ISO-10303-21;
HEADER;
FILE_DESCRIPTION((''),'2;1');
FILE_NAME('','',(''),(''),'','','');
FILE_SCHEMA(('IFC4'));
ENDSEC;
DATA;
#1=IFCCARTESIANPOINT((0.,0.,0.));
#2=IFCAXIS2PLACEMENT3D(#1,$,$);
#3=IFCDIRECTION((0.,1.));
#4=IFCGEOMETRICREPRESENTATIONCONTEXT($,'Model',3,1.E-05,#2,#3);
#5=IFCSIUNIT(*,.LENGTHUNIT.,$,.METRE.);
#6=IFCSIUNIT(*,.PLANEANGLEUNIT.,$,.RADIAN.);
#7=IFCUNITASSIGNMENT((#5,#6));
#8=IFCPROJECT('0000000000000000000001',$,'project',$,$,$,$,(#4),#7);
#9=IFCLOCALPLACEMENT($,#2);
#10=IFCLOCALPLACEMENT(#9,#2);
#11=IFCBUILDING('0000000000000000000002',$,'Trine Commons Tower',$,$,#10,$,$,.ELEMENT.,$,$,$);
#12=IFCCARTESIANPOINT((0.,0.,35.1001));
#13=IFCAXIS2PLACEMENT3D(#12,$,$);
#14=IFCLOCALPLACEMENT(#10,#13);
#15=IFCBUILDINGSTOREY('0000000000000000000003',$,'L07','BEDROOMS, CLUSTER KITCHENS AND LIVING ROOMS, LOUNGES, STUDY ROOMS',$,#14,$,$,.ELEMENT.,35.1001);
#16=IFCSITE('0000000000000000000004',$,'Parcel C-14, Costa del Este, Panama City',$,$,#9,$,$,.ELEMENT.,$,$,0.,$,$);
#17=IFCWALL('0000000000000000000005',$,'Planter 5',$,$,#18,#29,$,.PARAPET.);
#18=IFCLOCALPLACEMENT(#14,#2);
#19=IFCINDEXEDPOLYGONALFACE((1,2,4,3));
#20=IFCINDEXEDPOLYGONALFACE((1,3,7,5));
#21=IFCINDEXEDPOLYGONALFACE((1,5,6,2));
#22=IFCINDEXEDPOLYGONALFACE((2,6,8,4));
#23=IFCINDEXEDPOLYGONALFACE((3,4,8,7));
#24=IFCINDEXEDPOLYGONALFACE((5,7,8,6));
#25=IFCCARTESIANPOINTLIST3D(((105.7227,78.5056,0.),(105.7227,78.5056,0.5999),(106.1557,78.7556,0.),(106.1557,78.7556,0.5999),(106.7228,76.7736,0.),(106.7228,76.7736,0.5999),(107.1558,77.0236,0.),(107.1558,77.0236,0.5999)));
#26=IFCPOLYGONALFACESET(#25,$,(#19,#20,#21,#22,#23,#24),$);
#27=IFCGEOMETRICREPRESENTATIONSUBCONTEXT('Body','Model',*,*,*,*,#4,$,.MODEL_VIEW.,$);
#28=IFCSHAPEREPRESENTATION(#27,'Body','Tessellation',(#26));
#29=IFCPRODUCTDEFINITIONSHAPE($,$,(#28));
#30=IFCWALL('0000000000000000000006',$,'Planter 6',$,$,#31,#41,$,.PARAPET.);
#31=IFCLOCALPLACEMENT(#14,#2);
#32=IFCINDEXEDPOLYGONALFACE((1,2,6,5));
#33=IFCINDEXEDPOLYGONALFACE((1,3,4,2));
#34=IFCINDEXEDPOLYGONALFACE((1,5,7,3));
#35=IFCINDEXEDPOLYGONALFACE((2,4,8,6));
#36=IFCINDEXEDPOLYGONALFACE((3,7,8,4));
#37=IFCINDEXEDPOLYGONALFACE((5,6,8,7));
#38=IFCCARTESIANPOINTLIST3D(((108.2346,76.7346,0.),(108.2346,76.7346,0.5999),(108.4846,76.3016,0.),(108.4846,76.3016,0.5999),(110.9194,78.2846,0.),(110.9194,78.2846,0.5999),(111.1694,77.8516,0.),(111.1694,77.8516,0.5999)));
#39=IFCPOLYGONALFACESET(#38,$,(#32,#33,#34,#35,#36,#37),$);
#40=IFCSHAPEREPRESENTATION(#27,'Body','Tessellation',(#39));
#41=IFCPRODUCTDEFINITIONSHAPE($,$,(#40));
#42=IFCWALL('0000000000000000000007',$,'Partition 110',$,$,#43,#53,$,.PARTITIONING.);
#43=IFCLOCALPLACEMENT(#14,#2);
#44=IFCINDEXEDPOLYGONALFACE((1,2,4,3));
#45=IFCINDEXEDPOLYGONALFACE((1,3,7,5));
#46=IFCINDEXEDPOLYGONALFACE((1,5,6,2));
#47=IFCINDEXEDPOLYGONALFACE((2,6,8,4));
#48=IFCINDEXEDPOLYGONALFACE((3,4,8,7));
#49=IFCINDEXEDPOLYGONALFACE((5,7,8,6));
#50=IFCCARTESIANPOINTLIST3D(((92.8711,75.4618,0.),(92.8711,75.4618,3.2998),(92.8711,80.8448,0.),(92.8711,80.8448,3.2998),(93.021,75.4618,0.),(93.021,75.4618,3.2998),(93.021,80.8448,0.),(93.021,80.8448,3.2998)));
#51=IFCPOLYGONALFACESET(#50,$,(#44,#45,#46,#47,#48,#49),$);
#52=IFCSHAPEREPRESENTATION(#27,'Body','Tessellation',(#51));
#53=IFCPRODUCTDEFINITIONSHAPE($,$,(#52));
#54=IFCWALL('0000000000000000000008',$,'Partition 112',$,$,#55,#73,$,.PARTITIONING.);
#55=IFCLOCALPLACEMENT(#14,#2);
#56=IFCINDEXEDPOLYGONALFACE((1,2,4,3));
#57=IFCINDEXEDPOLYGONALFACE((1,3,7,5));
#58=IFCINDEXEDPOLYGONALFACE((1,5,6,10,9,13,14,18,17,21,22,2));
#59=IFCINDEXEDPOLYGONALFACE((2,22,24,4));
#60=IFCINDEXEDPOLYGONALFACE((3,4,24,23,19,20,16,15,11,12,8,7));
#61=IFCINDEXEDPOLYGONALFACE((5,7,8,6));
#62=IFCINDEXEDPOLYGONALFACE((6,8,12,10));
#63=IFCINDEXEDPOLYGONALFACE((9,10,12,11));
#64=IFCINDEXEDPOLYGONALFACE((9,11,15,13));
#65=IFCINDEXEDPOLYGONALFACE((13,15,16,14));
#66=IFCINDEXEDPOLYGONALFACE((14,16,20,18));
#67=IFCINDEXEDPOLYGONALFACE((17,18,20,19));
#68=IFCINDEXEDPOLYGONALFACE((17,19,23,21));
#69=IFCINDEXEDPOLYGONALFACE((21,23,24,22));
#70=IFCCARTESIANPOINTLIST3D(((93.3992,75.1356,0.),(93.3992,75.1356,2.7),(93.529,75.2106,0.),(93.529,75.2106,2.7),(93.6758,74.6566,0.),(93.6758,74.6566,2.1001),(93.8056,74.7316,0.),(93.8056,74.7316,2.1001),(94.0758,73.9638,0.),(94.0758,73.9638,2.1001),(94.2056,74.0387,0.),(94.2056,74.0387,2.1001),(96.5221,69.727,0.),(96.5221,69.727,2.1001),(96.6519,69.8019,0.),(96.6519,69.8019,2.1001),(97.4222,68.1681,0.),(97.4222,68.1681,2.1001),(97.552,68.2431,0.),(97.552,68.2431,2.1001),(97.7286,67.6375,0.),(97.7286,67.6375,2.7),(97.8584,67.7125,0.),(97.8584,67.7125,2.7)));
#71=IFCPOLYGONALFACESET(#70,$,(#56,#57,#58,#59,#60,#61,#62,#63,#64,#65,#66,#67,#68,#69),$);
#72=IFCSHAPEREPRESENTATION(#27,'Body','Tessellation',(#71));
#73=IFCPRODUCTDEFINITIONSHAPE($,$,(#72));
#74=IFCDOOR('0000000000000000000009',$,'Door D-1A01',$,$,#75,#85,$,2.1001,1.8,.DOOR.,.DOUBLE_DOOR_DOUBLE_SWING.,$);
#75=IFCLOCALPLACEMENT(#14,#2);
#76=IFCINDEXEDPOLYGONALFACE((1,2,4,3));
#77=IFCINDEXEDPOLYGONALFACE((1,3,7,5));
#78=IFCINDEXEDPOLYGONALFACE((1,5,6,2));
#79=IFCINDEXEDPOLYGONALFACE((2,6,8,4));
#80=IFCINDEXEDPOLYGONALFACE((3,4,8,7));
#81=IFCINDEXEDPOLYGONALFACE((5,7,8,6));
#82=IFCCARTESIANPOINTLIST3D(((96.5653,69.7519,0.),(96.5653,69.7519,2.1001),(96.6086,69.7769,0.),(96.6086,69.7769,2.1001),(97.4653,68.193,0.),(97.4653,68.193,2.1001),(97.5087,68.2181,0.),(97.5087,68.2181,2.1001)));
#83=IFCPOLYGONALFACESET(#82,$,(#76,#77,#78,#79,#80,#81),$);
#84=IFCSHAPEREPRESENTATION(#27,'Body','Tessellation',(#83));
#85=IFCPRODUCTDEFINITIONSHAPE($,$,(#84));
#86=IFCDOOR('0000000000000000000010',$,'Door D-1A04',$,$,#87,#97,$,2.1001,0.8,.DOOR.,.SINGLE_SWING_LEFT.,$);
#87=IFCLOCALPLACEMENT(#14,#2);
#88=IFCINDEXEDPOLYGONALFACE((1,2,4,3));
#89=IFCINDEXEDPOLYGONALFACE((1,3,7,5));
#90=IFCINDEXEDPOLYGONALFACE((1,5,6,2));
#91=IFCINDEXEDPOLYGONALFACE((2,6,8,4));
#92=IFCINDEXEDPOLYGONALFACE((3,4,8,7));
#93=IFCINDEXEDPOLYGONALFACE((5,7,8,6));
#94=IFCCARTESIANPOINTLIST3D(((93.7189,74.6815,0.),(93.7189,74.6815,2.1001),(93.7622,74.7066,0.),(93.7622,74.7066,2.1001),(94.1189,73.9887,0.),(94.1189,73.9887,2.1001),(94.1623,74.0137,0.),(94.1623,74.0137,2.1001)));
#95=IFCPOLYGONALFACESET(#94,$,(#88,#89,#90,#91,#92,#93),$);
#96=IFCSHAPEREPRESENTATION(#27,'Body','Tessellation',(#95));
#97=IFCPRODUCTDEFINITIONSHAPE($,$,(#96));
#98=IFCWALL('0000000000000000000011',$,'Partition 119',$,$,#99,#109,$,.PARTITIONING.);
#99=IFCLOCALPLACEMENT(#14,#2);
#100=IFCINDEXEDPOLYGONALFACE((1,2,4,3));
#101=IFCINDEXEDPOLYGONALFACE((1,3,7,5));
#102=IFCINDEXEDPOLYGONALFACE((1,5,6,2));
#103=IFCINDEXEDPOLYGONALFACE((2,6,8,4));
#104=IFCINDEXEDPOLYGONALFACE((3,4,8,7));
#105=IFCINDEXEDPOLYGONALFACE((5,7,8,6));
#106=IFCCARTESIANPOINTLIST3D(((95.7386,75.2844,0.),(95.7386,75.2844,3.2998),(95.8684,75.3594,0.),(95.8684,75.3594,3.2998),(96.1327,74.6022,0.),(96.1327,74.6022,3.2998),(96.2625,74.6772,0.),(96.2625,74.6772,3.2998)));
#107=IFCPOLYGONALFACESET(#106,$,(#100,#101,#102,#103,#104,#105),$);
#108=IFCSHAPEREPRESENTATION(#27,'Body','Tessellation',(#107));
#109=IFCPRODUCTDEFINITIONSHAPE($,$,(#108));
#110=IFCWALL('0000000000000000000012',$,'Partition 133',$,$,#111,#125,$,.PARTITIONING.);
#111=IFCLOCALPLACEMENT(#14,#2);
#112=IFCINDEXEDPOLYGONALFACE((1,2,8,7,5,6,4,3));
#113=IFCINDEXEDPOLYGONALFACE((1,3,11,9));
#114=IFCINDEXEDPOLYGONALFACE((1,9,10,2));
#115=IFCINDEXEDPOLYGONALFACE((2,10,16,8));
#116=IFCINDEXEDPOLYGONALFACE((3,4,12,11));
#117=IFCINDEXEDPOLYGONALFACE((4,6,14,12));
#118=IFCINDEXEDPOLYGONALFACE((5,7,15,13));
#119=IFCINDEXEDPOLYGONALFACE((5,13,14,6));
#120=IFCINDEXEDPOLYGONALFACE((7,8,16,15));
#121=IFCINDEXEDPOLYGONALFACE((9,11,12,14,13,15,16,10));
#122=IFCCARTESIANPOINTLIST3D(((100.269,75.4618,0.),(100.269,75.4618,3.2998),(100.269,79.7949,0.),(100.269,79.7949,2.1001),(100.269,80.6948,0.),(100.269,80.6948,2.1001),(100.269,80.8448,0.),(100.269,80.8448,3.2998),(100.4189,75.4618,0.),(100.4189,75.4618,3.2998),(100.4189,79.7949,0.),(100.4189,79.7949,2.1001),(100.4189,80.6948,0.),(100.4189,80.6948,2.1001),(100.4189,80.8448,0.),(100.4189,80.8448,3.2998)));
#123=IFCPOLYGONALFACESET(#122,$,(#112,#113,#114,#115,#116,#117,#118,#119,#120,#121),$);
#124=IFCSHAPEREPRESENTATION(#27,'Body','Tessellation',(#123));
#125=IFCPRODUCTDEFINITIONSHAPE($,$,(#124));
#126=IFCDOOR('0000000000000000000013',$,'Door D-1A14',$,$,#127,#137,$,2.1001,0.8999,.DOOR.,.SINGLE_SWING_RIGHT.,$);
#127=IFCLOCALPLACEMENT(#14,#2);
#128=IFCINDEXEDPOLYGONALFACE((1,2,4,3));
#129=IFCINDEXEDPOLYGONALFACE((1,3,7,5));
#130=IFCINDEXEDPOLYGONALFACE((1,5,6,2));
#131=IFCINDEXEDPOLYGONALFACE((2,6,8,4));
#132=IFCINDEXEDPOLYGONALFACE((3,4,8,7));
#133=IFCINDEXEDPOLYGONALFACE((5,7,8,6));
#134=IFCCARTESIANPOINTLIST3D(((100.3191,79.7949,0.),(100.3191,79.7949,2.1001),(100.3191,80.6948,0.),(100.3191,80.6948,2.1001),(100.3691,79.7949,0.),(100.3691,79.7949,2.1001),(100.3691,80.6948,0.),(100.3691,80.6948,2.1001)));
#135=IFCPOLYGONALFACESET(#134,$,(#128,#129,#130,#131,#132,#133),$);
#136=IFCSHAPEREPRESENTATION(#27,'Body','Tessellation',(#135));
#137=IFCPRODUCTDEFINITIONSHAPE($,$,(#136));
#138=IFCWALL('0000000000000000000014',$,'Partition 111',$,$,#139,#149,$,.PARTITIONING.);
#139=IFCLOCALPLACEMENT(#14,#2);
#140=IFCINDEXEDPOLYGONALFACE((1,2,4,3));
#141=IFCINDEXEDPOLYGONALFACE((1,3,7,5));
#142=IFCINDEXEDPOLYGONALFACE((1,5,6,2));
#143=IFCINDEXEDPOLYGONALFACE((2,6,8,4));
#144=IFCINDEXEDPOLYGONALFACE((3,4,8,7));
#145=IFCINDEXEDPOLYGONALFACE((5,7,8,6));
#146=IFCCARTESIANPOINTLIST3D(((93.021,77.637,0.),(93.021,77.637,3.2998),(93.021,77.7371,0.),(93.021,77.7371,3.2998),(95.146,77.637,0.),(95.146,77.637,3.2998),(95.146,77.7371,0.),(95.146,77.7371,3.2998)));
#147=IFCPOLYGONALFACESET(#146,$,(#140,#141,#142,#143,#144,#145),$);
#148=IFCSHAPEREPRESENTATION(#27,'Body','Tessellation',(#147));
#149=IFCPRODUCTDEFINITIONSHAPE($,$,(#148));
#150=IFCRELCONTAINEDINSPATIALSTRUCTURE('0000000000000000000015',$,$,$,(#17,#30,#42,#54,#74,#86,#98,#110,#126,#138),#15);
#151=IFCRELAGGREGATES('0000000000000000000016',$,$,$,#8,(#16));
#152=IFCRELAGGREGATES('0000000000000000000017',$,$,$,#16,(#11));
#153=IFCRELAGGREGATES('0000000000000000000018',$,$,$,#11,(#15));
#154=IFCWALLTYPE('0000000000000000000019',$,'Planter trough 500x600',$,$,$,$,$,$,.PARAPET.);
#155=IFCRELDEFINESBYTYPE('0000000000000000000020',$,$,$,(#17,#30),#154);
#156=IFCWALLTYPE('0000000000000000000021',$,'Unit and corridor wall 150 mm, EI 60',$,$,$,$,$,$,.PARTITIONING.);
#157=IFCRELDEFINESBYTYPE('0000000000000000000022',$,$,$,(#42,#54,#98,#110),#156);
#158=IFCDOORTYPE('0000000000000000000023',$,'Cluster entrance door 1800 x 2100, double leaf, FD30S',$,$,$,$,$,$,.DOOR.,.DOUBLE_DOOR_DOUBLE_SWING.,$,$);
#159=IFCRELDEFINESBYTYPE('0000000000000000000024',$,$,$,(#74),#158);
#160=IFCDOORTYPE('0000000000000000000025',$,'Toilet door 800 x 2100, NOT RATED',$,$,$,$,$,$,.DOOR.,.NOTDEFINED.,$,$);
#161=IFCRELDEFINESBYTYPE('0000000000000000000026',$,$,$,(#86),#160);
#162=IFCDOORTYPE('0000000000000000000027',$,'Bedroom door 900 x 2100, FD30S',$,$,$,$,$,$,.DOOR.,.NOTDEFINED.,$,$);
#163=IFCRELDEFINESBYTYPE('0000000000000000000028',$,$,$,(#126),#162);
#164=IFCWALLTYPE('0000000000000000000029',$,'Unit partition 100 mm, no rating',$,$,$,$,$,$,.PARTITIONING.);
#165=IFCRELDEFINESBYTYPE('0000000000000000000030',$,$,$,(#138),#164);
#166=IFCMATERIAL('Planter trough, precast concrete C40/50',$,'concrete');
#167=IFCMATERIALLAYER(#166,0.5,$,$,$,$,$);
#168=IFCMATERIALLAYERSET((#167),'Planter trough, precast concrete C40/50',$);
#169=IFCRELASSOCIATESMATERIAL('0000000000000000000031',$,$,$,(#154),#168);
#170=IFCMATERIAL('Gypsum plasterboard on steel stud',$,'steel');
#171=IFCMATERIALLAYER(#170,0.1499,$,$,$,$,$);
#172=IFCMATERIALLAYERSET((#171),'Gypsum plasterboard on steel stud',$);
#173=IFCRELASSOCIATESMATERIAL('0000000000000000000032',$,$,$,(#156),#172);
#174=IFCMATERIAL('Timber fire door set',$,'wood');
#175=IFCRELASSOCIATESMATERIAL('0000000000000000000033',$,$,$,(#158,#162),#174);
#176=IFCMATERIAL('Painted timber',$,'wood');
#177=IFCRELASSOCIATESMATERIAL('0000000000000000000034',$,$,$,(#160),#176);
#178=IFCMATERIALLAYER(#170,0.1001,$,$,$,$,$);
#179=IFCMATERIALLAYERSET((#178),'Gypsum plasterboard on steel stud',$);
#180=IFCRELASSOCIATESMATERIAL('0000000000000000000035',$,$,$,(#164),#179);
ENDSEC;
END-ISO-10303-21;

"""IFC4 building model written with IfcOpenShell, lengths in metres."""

from ifc_helpers import new_model, si_unit, direction, frame, frame_2d, origin, place, context, subcontext, project, spatial, rectangle, extrude, material, layer, layer_set, type_object, element, fill, save


model = new_model("IFC4")

# Units and contexts
model_context = context("Model", 3, precision=1e-05, world=origin(), true_north=direction((0.0, 1.0)))
body_context = subcontext(model_context, "Body", "Model", "MODEL_VIEW")
ifc_project = project(units=[si_unit("LENGTHUNIT", "METRE"), si_unit("PLANEANGLEUNIT", "RADIAN")], contexts=[model_context])

# Site, building, storey
site_placement = place(None, origin())
site = spatial("IfcSite", under=ifc_project, at=site_placement, Name="Parcel C-14, Costa del Este, Panama City", CompositionType="ELEMENT", RefElevation=0.0)
building_placement = place(site_placement, origin())
building = spatial("IfcBuilding", under=site, at=building_placement, Name="Trine Commons Tower", CompositionType="ELEMENT")
storey_placement = place(building_placement, frame((0.0, 0.0, 35.1001)))
storey = spatial("IfcBuildingStorey", under=building, at=storey_placement, Name="L07", Description="BEDROOMS, CLUSTER KITCHENS AND LIVING ROOMS, LOUNGES, STUDY ROOMS", CompositionType="ELEMENT", Elevation=35.1001)

# Walls
ifc_material_1 = material(Name="Planter trough, precast concrete C40/50", Category="concrete")
ifc_layer_1 = layer(ifc_material_1, 0.5)
ifc_layer_set_1 = layer_set([ifc_layer_1], Name="Planter trough, precast concrete C40/50")
wall_type_1 = type_object("IfcWallType", Name="Planter trough 500x600", PredefinedType="PARAPET", material=ifc_layer_set_1)
wall_1_placement = place(storey_placement, frame((105.9392, 78.6306, 0.0), z_axis=(0.0, 0.0, 1.0), x_axis=(0.500025, -0.866011, 0.0)))
element("IfcWall", 1, at=wall_1_placement, inside=storey, type_object=wall_type_1, Name="Planter 5", PredefinedType="PARAPET", context=body_context, shape_type="SweptSolid", body=[
    extrude(rectangle(XDim=2.0, YDim=0.5, at=frame_2d((1.0, 0.0))), origin(), (0.0, 0.0, 1.0), 0.5999),
])
wall_2_placement = place(storey_placement, frame((108.3596, 76.5181, 0.0), z_axis=(0.0, 0.0, 1.0), x_axis=(0.86603, 0.499993, 0.0)))
element("IfcWall", 2, at=wall_2_placement, inside=storey, type_object=wall_type_1, Name="Planter 6", PredefinedType="PARAPET", context=body_context, shape_type="SweptSolid", body=[
    extrude(rectangle(XDim=3.1001, YDim=0.5, at=frame_2d((1.55, 0.0))), origin(), (0.0, 0.0, 1.0), 0.5999),
])
ifc_material_2 = material(Name="Gypsum plasterboard on steel stud", Category="steel")
ifc_layer_2 = layer(ifc_material_2, 0.1499)
ifc_layer_set_2 = layer_set([ifc_layer_2], Name="Gypsum plasterboard on steel stud")
wall_type_2 = type_object("IfcWallType", Name="Unit and corridor wall 150 mm, EI 60", PredefinedType="PARTITIONING", material=ifc_layer_set_2)
wall_3_placement = place(storey_placement, frame((92.946, 75.4619, 0.0), z_axis=(0.0, 0.0, 1.0), x_axis=(0.0, 1.0, 0.0)))
element("IfcWall", 3, at=wall_3_placement, inside=storey, type_object=wall_type_2, Name="Partition 110", PredefinedType="PARTITIONING", context=body_context, shape_type="SweptSolid", body=[
    extrude(rectangle(XDim=5.3831, YDim=0.1499, at=frame_2d((2.6914, 0.0))), origin(), (0.0, 0.0, 1.0), 3.2998),
])

# Wall, openings, doors
wall_4_placement = place(storey_placement, frame((93.4641, 75.1731, 0.0), z_axis=(0.0, 0.0, 1.0), x_axis=(0.50003, -0.866008, 0.0)))
wall_4 = element("IfcWall", 4, at=wall_4_placement, inside=storey, type_object=wall_type_2, Name="Partition 112", PredefinedType="PARTITIONING", context=body_context, shape_type="SweptSolid", body=[
    extrude(rectangle(XDim=8.6582, YDim=0.1499, at=frame_2d((4.3291, 0.0))), origin(), (0.0, 0.0, 1.0), 2.7),
])
opening_1_placement = place(wall_4_placement, frame((6.2456, 0.0, 0.0)))
opening_1 = element("IfcOpeningElement", 5, at=opening_1_placement, cuts=wall_4, PredefinedType="OPENING", context=body_context, shape_type="SweptSolid", body=[
    extrude(rectangle(XDim=1.8, YDim=2.1001, at=frame_2d((0.8999, 1.05))), frame((0.0, 0.085, 0.0), z_axis=(0.0, -1.0, 0.0), x_axis=(1.0, 0.0, 0.0)), (0.0, 0.0, 1.0), 0.1699),
])
opening_2_placement = place(wall_4_placement, frame((0.5532, 0.0, 0.0)))
opening_2 = element("IfcOpeningElement", 6, at=opening_2_placement, cuts=wall_4, PredefinedType="OPENING", context=body_context, shape_type="SweptSolid", body=[
    extrude(rectangle(XDim=0.8, YDim=2.1001, at=frame_2d((0.3999, 1.05))), frame((0.0, 0.085, 0.0), z_axis=(0.0, -1.0, 0.0), x_axis=(1.0, 0.0, 0.0)), (0.0, 0.0, 1.0), 0.1699),
])
ifc_material_3 = material(Name="Timber fire door set", Category="wood")
door_type_1 = type_object("IfcDoorType", Name="Cluster entrance door 1800 x 2100, double leaf, FD30S", OperationType="DOUBLE_DOOR_DOUBLE_SWING", PredefinedType="DOOR", material=ifc_material_3)
door_1_placement = place(opening_1_placement, origin())
door_1 = element("IfcDoor", 7, at=door_1_placement, inside=storey, type_object=door_type_1, Name="Door D-1A01", OperationType="DOUBLE_DOOR_DOUBLE_SWING", OverallHeight=2.1001, OverallWidth=1.8, PredefinedType="DOOR", context=body_context, shape_type="SweptSolid", body=[
    extrude(rectangle(XDim=1.8, YDim=2.1001, at=frame_2d((0.8999, 1.05))), frame((0.0, 0.0249, 0.0), z_axis=(0.0, -1.0, 0.0), x_axis=(1.0, 0.0, 0.0)), (0.0, 0.0, 1.0), 0.05),
])
fill(opening_1, door_1)
ifc_material_4 = material(Name="Painted timber", Category="wood")
door_type_2 = type_object("IfcDoorType", Name="Toilet door 800 x 2100, NOT RATED", OperationType="NOTDEFINED", PredefinedType="DOOR", material=ifc_material_4)
door_2_placement = place(opening_2_placement, origin())
door_2 = element("IfcDoor", 8, at=door_2_placement, inside=storey, type_object=door_type_2, Name="Door D-1A04", OperationType="SINGLE_SWING_LEFT", OverallHeight=2.1001, OverallWidth=0.8, PredefinedType="DOOR", context=body_context, shape_type="SweptSolid", body=[
    extrude(rectangle(XDim=0.8, YDim=2.1001, at=frame_2d((0.3999, 1.05))), frame((0.0, 0.0249, 0.0), z_axis=(0.0, -1.0, 0.0), x_axis=(1.0, 0.0, 0.0)), (0.0, 0.0, 1.0), 0.05),
])
fill(opening_2, door_2)

# Wall
wall_5_placement = place(storey_placement, frame((95.8035, 75.322, 0.0), z_axis=(0.0, 0.0, 1.0), x_axis=(0.500205, -0.865907, 0.0)))
element("IfcWall", 9, at=wall_5_placement, inside=storey, type_object=wall_type_2, Name="Partition 119", PredefinedType="PARTITIONING", context=body_context, shape_type="SweptSolid", body=[
    extrude(rectangle(XDim=0.7878, YDim=0.1499, at=frame_2d((0.394, 0.0))), origin(), (0.0, 0.0, 1.0), 3.2998),
])

# Wall, opening, door
wall_6_placement = place(storey_placement, frame((100.344, 75.4619, 0.0), z_axis=(0.0, 0.0, 1.0), x_axis=(0.0, 1.0, 0.0)))
wall_6 = element("IfcWall", 10, at=wall_6_placement, inside=storey, type_object=wall_type_2, Name="Partition 133", PredefinedType="PARTITIONING", context=body_context, shape_type="SweptSolid", body=[
    extrude(rectangle(XDim=5.3831, YDim=0.1499, at=frame_2d((2.6914, 0.0))), origin(), (0.0, 0.0, 1.0), 3.2998),
])
opening_3_placement = place(wall_6_placement, frame((4.333, 0.0, 0.0)))
opening_3 = element("IfcOpeningElement", 11, at=opening_3_placement, cuts=wall_6, PredefinedType="OPENING", context=body_context, shape_type="SweptSolid", body=[
    extrude(rectangle(XDim=0.8999, YDim=2.1001, at=frame_2d((0.45, 1.05))), frame((0.0, 0.085, 0.0), z_axis=(0.0, -1.0, 0.0), x_axis=(1.0, 0.0, 0.0)), (0.0, 0.0, 1.0), 0.1699),
])
door_type_3 = type_object("IfcDoorType", Name="Bedroom door 900 x 2100, FD30S", OperationType="NOTDEFINED", PredefinedType="DOOR", material=ifc_material_3)
door_3_placement = place(opening_3_placement, origin())
door_3 = element("IfcDoor", 12, at=door_3_placement, inside=storey, type_object=door_type_3, Name="Door D-1A14", OperationType="SINGLE_SWING_RIGHT", OverallHeight=2.1001, OverallWidth=0.8999, PredefinedType="DOOR", context=body_context, shape_type="SweptSolid", body=[
    extrude(rectangle(XDim=0.8999, YDim=2.1001, at=frame_2d((0.45, 1.05))), frame((0.0, 0.0249, 0.0), z_axis=(0.0, -1.0, 0.0), x_axis=(1.0, 0.0, 0.0)), (0.0, 0.0, 1.0), 0.05),
])
fill(opening_3, door_3)

# Wall
ifc_layer_3 = layer(ifc_material_2, 0.1001)
ifc_layer_set_3 = layer_set([ifc_layer_3], Name="Gypsum plasterboard on steel stud")
wall_type_3 = type_object("IfcWallType", Name="Unit partition 100 mm, no rating", PredefinedType="PARTITIONING", material=ifc_layer_set_3)
wall_7_placement = place(storey_placement, frame((93.021, 77.687, 0.0), z_axis=(0.0, 0.0, 1.0), x_axis=(1.0, 0.0, 0.0)))
element("IfcWall", 13, at=wall_7_placement, inside=storey, type_object=wall_type_3, Name="Partition 111", PredefinedType="PARTITIONING", context=body_context, shape_type="SweptSolid", body=[
    extrude(rectangle(XDim=2.125, YDim=0.1001, at=frame_2d((1.0625, 0.0))), origin(), (0.0, 0.0, 1.0), 3.2998),
])

save(model, "model.ifc")
